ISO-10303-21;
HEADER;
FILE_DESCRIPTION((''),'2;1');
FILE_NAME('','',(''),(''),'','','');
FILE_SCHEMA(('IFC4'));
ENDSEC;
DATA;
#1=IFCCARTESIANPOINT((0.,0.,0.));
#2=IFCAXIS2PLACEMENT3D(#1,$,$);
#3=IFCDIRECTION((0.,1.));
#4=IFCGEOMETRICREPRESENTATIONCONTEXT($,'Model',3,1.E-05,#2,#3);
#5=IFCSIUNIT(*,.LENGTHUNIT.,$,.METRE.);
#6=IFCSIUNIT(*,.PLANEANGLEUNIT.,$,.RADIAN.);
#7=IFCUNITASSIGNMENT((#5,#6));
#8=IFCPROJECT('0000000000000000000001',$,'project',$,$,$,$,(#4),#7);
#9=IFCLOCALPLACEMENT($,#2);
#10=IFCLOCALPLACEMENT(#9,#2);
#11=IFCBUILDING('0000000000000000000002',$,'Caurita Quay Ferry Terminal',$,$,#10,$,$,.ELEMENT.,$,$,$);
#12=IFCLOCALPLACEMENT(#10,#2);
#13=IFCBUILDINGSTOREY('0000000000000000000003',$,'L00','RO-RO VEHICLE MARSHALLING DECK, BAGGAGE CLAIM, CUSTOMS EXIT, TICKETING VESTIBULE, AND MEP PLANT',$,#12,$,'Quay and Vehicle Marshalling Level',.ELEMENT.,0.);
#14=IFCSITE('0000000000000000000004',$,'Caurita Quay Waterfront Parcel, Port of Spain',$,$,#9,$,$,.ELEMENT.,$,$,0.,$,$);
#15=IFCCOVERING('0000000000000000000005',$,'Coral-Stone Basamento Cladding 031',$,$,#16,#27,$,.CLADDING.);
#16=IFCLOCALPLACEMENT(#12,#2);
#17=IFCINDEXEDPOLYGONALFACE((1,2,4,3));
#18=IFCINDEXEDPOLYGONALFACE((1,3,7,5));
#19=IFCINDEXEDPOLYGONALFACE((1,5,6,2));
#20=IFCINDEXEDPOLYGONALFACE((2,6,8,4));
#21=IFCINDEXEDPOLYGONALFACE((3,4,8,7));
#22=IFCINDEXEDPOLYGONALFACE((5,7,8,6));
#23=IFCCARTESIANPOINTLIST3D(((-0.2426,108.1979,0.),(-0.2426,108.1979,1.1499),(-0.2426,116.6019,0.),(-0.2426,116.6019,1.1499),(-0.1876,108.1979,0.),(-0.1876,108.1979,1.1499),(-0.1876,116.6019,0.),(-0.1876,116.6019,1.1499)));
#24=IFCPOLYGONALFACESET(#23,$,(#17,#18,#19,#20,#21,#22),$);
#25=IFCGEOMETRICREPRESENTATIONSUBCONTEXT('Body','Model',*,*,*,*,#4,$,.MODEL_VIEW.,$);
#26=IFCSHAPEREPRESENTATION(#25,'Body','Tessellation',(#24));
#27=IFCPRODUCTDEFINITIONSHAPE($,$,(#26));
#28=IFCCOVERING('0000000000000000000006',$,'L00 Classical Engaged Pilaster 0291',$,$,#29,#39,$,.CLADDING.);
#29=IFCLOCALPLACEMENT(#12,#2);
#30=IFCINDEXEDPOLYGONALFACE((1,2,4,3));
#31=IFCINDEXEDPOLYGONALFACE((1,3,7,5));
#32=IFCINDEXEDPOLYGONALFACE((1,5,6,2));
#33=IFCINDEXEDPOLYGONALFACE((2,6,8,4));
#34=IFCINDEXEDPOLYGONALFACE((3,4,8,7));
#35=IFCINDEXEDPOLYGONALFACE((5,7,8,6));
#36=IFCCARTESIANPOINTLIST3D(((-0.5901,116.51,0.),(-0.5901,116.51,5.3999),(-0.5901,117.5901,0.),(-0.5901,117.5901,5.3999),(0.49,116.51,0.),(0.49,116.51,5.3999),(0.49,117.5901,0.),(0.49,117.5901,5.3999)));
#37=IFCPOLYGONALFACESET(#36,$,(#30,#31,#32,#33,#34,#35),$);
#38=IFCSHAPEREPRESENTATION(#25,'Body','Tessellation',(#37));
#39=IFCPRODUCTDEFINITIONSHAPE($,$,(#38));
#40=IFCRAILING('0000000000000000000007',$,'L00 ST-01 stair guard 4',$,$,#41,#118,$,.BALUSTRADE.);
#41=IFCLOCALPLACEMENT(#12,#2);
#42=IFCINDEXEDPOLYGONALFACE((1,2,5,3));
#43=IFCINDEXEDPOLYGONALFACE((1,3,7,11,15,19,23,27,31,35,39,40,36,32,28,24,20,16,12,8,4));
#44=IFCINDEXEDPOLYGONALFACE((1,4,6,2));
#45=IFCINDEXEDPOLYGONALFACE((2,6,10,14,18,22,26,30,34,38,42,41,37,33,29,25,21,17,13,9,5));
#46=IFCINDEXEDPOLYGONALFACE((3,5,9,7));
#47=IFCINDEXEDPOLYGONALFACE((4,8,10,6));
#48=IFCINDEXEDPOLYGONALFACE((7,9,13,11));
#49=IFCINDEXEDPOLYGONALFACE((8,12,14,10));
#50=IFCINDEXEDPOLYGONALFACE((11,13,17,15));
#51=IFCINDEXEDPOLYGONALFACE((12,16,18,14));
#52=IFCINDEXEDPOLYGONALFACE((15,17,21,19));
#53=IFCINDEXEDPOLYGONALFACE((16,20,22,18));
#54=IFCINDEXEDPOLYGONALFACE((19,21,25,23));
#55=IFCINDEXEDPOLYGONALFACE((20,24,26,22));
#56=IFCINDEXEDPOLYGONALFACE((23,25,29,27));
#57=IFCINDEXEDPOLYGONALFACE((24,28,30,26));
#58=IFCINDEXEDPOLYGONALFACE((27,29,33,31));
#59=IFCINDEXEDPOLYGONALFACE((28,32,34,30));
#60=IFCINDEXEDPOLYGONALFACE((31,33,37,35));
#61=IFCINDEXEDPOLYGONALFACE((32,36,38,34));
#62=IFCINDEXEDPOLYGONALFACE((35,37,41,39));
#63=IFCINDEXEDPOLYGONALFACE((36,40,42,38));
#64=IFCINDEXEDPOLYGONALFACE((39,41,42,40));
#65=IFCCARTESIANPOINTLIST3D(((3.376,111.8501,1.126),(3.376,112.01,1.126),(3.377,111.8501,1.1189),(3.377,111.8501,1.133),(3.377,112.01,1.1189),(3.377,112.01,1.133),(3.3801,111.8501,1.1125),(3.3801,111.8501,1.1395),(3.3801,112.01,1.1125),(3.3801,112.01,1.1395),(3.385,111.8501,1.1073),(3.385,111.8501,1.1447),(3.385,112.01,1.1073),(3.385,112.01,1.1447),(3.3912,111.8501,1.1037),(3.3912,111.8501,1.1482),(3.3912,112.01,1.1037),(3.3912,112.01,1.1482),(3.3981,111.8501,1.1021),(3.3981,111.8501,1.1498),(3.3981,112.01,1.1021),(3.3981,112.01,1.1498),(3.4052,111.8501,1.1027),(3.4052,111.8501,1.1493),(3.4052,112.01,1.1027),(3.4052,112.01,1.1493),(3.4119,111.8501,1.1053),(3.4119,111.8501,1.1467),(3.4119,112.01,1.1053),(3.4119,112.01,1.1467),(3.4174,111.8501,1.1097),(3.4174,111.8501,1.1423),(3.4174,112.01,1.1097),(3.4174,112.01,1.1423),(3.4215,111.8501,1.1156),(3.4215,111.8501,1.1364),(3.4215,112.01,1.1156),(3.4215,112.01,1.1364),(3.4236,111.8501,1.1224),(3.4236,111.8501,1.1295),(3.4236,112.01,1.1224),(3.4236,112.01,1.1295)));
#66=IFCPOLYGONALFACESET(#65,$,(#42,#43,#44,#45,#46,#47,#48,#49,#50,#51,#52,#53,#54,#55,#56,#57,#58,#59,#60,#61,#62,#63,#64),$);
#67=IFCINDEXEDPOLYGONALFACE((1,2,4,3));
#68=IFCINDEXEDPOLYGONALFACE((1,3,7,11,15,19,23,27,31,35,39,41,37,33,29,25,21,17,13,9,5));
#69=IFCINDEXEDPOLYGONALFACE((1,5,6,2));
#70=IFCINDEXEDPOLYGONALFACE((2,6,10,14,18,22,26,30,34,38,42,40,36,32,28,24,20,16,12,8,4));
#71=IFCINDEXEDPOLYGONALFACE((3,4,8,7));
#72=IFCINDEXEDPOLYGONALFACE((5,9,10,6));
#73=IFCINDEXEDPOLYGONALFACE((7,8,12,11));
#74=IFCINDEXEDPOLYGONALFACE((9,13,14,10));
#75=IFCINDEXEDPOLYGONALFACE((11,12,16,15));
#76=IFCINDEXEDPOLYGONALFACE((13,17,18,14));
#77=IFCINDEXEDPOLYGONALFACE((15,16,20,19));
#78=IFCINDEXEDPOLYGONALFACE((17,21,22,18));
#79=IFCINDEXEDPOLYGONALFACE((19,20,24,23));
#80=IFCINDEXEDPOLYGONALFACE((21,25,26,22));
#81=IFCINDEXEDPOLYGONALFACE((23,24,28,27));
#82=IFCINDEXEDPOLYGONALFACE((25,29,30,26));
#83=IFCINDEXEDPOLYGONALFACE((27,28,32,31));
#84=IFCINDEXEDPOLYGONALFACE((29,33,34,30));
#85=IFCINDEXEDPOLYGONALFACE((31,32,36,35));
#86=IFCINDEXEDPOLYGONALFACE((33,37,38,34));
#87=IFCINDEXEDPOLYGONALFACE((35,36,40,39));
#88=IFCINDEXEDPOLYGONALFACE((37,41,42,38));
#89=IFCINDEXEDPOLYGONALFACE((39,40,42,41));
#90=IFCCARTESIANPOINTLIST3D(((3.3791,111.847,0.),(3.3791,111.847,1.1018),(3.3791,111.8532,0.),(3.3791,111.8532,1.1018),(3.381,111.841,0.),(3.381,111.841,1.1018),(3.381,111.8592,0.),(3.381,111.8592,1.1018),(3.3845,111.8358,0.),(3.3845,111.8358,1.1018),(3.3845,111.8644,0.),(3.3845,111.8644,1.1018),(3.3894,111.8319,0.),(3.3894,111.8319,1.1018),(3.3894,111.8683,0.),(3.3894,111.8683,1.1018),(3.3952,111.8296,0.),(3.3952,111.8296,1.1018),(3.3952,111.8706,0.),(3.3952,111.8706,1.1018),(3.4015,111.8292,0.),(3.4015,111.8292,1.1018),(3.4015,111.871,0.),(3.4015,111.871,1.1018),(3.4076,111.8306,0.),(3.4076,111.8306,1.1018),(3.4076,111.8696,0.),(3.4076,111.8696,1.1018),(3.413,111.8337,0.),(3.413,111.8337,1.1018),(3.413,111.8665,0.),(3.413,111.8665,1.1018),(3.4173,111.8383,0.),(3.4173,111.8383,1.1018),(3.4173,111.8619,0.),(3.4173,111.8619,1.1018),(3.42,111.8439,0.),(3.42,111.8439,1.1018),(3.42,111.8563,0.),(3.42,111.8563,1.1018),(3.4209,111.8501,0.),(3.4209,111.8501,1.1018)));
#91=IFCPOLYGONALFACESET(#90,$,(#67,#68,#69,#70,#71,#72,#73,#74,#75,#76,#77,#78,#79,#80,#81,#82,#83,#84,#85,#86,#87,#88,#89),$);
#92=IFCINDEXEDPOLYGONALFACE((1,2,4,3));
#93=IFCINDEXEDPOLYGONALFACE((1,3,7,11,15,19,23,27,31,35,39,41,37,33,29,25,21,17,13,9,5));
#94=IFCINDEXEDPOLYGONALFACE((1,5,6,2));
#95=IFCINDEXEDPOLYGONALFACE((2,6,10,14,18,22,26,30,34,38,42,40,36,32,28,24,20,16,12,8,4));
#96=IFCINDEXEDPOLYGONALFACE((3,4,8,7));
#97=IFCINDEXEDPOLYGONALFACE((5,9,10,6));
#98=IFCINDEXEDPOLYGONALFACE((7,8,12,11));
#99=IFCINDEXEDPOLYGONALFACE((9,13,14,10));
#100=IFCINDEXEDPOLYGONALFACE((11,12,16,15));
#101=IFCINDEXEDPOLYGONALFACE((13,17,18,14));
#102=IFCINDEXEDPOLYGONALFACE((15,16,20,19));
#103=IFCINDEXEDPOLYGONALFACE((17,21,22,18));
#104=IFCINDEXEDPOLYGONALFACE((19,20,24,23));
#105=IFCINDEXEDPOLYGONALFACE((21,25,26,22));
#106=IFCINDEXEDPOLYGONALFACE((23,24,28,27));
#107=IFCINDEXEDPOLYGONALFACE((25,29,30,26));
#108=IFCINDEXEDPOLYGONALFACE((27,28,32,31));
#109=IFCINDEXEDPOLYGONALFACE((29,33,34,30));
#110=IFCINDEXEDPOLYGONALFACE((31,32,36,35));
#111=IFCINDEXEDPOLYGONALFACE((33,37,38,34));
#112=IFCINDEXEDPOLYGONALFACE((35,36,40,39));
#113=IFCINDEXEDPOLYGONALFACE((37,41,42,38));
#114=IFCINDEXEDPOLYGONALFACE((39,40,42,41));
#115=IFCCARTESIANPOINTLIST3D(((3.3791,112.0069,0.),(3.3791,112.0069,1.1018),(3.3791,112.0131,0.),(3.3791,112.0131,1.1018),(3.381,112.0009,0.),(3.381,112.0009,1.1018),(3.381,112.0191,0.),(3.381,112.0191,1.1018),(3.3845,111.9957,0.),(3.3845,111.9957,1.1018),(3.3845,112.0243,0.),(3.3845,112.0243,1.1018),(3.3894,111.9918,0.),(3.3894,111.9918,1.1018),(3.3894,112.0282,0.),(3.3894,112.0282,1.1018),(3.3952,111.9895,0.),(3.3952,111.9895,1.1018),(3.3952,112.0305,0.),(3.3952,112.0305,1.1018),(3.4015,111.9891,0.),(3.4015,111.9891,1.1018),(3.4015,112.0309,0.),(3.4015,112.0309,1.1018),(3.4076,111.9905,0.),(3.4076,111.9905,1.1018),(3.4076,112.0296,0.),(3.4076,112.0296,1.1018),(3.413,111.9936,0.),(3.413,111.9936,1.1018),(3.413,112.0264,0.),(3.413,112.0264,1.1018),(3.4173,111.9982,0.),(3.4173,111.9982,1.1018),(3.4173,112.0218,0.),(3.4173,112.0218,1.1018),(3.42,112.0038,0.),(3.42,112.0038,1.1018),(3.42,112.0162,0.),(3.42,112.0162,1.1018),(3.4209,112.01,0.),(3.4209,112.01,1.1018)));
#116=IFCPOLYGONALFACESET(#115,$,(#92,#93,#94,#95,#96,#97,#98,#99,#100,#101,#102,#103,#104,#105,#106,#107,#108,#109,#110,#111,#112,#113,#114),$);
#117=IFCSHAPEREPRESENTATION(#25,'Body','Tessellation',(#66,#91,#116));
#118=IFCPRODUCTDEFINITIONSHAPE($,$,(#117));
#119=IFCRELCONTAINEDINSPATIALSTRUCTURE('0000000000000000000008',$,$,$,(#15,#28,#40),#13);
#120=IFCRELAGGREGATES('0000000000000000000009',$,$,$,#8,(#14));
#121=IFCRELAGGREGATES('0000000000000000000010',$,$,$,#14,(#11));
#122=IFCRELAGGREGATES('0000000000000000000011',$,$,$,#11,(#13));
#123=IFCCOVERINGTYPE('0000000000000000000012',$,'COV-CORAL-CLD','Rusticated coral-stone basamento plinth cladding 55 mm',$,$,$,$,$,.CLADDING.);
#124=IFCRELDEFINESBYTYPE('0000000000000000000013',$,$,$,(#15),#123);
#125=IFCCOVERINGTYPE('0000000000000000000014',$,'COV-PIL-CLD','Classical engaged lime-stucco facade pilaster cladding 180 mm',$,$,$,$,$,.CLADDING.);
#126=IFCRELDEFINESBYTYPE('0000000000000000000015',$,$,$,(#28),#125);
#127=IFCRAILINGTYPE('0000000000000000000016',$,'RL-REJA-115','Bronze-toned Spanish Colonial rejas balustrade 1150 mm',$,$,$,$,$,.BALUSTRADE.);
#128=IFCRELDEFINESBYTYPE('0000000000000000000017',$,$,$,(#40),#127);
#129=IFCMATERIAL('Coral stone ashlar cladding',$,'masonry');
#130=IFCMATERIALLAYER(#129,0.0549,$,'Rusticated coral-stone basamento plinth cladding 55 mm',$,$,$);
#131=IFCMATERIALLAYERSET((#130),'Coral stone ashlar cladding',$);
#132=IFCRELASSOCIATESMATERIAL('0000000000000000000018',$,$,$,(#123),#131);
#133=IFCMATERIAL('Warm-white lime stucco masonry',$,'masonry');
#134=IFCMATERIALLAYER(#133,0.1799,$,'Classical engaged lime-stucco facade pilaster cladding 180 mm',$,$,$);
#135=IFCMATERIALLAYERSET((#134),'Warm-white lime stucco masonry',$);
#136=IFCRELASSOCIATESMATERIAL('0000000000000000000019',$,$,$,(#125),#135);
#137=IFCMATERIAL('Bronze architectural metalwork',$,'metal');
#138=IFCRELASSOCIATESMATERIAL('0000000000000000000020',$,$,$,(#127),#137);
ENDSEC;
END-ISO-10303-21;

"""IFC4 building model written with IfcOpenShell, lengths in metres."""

from ifc_helpers import new_model, si_unit, direction, frame, frame_2d, origin, origin_2d, place, context, subcontext, project, spatial, rectangle, circle, extrude, material, layer, layer_set, type_object, element, save


model = new_model("IFC4")

# Units and contexts
model_context = context("Model", 3, precision=1e-05, world=origin(), true_north=direction((0.0, 1.0)))
body_context = subcontext(model_context, "Body", "Model", "MODEL_VIEW")
ifc_project = project(units=[si_unit("LENGTHUNIT", "METRE"), si_unit("PLANEANGLEUNIT", "RADIAN")], contexts=[model_context])

# Site, building, storey
site_placement = place(None, origin())
site = spatial("IfcSite", under=ifc_project, at=site_placement, Name="Caurita Quay Waterfront Parcel, Port of Spain", CompositionType="ELEMENT", RefElevation=0.0)
building_placement = place(site_placement, origin())
building = spatial("IfcBuilding", under=site, at=building_placement, Name="Caurita Quay Ferry Terminal", CompositionType="ELEMENT")
storey_placement = place(building_placement, origin())
storey = spatial("IfcBuildingStorey", under=building, at=storey_placement, Name="L00", Description="RO-RO VEHICLE MARSHALLING DECK, BAGGAGE CLAIM, CUSTOMS EXIT, TICKETING VESTIBULE, AND MEP PLANT", LongName="Quay and Vehicle Marshalling Level", CompositionType="ELEMENT", Elevation=0.0)

# Shared definitions
ifc_material_1 = material(Name="Coral stone ashlar cladding", Category="masonry")

# Coverings
ifc_material_2 = material(Name="Warm-white lime stucco masonry", Category="masonry")
ifc_layer_1 = layer(ifc_material_1, 0.0549, Name="Rusticated coral-stone basamento plinth cladding 55 mm")
ifc_layer_set_1 = layer_set([ifc_layer_1], Name="Coral stone ashlar cladding")
covering_type_1 = type_object("IfcCoveringType", Name="COV-CORAL-CLD", Description="Rusticated coral-stone basamento plinth cladding 55 mm", PredefinedType="CLADDING", material=ifc_layer_set_1)
covering_1_placement = place(storey_placement, frame((-0.2151, 116.6021, 0.0), z_axis=(0.0, 0.0, 1.0), x_axis=(0.0, -1.0, 0.0)))
element("IfcCovering", 1, at=covering_1_placement, inside=storey, type_object=covering_type_1, Name="Coral-Stone Basamento Cladding 031", PredefinedType="CLADDING", context=body_context, shape_type="SweptSolid", body=[
    extrude(rectangle(XDim=8.4041, YDim=0.0549, at=frame_2d((4.2021, 0.0))), origin(), (0.0, 0.0, 1.0), 1.1499),
])
ifc_layer_2 = layer(ifc_material_2, 0.1799, Name="Classical engaged lime-stucco facade pilaster cladding 180 mm")
ifc_layer_set_2 = layer_set([ifc_layer_2], Name="Warm-white lime stucco masonry")
covering_type_2 = type_object("IfcCoveringType", Name="COV-PIL-CLD", Description="Classical engaged lime-stucco facade pilaster cladding 180 mm", PredefinedType="CLADDING", material=ifc_layer_set_2)
covering_2_placement = place(storey_placement, frame((-0.05, 117.05, 0.0), z_axis=(0.0, 0.0, 1.0), x_axis=(1.0, 0.0, 0.0)))
element("IfcCovering", 2, at=covering_2_placement, inside=storey, type_object=covering_type_2, Name="L00 Classical Engaged Pilaster 0291", PredefinedType="CLADDING", context=body_context, shape_type="SweptSolid", body=[
    extrude(rectangle(XDim=1.0801, YDim=1.0801, at=origin_2d()), origin(), (0.0, 0.0, 1.0), 5.3999),
])

# Railing
ifc_material_3 = material(Name="Bronze architectural metalwork", Category="metal")
railing_type = type_object("IfcRailingType", Name="RL-REJA-115", Description="Bronze-toned Spanish Colonial rejas balustrade 1150 mm", PredefinedType="BALUSTRADE", material=ifc_material_3)
railing_placement = place(storey_placement, frame((3.3999, 111.8501, 0.0)))
element("IfcRailing", 3, at=railing_placement, inside=storey, type_object=railing_type, Name="L00 ST-01 stair guard 4", PredefinedType="BALUSTRADE", context=body_context, shape_type="SweptSolid", body=[
    extrude(circle(Radius=0.0239, at=origin_2d()), frame((0.0, 0.0, 1.126), z_axis=(0.0, 1.0, 0.0), x_axis=(-1.0, 0.0, 0.0)), (0.0, 0.0, 1.0), 0.1599),
    extrude(circle(Radius=0.021, at=origin_2d()), origin(), (0.0, 0.0, 1.0), 1.1018),
    extrude(circle(Radius=0.021, at=origin_2d()), frame((0.0, 0.1599, 0.0)), (0.0, 0.0, 1.0), 1.1018),
])

save(model, "model.ifc")
